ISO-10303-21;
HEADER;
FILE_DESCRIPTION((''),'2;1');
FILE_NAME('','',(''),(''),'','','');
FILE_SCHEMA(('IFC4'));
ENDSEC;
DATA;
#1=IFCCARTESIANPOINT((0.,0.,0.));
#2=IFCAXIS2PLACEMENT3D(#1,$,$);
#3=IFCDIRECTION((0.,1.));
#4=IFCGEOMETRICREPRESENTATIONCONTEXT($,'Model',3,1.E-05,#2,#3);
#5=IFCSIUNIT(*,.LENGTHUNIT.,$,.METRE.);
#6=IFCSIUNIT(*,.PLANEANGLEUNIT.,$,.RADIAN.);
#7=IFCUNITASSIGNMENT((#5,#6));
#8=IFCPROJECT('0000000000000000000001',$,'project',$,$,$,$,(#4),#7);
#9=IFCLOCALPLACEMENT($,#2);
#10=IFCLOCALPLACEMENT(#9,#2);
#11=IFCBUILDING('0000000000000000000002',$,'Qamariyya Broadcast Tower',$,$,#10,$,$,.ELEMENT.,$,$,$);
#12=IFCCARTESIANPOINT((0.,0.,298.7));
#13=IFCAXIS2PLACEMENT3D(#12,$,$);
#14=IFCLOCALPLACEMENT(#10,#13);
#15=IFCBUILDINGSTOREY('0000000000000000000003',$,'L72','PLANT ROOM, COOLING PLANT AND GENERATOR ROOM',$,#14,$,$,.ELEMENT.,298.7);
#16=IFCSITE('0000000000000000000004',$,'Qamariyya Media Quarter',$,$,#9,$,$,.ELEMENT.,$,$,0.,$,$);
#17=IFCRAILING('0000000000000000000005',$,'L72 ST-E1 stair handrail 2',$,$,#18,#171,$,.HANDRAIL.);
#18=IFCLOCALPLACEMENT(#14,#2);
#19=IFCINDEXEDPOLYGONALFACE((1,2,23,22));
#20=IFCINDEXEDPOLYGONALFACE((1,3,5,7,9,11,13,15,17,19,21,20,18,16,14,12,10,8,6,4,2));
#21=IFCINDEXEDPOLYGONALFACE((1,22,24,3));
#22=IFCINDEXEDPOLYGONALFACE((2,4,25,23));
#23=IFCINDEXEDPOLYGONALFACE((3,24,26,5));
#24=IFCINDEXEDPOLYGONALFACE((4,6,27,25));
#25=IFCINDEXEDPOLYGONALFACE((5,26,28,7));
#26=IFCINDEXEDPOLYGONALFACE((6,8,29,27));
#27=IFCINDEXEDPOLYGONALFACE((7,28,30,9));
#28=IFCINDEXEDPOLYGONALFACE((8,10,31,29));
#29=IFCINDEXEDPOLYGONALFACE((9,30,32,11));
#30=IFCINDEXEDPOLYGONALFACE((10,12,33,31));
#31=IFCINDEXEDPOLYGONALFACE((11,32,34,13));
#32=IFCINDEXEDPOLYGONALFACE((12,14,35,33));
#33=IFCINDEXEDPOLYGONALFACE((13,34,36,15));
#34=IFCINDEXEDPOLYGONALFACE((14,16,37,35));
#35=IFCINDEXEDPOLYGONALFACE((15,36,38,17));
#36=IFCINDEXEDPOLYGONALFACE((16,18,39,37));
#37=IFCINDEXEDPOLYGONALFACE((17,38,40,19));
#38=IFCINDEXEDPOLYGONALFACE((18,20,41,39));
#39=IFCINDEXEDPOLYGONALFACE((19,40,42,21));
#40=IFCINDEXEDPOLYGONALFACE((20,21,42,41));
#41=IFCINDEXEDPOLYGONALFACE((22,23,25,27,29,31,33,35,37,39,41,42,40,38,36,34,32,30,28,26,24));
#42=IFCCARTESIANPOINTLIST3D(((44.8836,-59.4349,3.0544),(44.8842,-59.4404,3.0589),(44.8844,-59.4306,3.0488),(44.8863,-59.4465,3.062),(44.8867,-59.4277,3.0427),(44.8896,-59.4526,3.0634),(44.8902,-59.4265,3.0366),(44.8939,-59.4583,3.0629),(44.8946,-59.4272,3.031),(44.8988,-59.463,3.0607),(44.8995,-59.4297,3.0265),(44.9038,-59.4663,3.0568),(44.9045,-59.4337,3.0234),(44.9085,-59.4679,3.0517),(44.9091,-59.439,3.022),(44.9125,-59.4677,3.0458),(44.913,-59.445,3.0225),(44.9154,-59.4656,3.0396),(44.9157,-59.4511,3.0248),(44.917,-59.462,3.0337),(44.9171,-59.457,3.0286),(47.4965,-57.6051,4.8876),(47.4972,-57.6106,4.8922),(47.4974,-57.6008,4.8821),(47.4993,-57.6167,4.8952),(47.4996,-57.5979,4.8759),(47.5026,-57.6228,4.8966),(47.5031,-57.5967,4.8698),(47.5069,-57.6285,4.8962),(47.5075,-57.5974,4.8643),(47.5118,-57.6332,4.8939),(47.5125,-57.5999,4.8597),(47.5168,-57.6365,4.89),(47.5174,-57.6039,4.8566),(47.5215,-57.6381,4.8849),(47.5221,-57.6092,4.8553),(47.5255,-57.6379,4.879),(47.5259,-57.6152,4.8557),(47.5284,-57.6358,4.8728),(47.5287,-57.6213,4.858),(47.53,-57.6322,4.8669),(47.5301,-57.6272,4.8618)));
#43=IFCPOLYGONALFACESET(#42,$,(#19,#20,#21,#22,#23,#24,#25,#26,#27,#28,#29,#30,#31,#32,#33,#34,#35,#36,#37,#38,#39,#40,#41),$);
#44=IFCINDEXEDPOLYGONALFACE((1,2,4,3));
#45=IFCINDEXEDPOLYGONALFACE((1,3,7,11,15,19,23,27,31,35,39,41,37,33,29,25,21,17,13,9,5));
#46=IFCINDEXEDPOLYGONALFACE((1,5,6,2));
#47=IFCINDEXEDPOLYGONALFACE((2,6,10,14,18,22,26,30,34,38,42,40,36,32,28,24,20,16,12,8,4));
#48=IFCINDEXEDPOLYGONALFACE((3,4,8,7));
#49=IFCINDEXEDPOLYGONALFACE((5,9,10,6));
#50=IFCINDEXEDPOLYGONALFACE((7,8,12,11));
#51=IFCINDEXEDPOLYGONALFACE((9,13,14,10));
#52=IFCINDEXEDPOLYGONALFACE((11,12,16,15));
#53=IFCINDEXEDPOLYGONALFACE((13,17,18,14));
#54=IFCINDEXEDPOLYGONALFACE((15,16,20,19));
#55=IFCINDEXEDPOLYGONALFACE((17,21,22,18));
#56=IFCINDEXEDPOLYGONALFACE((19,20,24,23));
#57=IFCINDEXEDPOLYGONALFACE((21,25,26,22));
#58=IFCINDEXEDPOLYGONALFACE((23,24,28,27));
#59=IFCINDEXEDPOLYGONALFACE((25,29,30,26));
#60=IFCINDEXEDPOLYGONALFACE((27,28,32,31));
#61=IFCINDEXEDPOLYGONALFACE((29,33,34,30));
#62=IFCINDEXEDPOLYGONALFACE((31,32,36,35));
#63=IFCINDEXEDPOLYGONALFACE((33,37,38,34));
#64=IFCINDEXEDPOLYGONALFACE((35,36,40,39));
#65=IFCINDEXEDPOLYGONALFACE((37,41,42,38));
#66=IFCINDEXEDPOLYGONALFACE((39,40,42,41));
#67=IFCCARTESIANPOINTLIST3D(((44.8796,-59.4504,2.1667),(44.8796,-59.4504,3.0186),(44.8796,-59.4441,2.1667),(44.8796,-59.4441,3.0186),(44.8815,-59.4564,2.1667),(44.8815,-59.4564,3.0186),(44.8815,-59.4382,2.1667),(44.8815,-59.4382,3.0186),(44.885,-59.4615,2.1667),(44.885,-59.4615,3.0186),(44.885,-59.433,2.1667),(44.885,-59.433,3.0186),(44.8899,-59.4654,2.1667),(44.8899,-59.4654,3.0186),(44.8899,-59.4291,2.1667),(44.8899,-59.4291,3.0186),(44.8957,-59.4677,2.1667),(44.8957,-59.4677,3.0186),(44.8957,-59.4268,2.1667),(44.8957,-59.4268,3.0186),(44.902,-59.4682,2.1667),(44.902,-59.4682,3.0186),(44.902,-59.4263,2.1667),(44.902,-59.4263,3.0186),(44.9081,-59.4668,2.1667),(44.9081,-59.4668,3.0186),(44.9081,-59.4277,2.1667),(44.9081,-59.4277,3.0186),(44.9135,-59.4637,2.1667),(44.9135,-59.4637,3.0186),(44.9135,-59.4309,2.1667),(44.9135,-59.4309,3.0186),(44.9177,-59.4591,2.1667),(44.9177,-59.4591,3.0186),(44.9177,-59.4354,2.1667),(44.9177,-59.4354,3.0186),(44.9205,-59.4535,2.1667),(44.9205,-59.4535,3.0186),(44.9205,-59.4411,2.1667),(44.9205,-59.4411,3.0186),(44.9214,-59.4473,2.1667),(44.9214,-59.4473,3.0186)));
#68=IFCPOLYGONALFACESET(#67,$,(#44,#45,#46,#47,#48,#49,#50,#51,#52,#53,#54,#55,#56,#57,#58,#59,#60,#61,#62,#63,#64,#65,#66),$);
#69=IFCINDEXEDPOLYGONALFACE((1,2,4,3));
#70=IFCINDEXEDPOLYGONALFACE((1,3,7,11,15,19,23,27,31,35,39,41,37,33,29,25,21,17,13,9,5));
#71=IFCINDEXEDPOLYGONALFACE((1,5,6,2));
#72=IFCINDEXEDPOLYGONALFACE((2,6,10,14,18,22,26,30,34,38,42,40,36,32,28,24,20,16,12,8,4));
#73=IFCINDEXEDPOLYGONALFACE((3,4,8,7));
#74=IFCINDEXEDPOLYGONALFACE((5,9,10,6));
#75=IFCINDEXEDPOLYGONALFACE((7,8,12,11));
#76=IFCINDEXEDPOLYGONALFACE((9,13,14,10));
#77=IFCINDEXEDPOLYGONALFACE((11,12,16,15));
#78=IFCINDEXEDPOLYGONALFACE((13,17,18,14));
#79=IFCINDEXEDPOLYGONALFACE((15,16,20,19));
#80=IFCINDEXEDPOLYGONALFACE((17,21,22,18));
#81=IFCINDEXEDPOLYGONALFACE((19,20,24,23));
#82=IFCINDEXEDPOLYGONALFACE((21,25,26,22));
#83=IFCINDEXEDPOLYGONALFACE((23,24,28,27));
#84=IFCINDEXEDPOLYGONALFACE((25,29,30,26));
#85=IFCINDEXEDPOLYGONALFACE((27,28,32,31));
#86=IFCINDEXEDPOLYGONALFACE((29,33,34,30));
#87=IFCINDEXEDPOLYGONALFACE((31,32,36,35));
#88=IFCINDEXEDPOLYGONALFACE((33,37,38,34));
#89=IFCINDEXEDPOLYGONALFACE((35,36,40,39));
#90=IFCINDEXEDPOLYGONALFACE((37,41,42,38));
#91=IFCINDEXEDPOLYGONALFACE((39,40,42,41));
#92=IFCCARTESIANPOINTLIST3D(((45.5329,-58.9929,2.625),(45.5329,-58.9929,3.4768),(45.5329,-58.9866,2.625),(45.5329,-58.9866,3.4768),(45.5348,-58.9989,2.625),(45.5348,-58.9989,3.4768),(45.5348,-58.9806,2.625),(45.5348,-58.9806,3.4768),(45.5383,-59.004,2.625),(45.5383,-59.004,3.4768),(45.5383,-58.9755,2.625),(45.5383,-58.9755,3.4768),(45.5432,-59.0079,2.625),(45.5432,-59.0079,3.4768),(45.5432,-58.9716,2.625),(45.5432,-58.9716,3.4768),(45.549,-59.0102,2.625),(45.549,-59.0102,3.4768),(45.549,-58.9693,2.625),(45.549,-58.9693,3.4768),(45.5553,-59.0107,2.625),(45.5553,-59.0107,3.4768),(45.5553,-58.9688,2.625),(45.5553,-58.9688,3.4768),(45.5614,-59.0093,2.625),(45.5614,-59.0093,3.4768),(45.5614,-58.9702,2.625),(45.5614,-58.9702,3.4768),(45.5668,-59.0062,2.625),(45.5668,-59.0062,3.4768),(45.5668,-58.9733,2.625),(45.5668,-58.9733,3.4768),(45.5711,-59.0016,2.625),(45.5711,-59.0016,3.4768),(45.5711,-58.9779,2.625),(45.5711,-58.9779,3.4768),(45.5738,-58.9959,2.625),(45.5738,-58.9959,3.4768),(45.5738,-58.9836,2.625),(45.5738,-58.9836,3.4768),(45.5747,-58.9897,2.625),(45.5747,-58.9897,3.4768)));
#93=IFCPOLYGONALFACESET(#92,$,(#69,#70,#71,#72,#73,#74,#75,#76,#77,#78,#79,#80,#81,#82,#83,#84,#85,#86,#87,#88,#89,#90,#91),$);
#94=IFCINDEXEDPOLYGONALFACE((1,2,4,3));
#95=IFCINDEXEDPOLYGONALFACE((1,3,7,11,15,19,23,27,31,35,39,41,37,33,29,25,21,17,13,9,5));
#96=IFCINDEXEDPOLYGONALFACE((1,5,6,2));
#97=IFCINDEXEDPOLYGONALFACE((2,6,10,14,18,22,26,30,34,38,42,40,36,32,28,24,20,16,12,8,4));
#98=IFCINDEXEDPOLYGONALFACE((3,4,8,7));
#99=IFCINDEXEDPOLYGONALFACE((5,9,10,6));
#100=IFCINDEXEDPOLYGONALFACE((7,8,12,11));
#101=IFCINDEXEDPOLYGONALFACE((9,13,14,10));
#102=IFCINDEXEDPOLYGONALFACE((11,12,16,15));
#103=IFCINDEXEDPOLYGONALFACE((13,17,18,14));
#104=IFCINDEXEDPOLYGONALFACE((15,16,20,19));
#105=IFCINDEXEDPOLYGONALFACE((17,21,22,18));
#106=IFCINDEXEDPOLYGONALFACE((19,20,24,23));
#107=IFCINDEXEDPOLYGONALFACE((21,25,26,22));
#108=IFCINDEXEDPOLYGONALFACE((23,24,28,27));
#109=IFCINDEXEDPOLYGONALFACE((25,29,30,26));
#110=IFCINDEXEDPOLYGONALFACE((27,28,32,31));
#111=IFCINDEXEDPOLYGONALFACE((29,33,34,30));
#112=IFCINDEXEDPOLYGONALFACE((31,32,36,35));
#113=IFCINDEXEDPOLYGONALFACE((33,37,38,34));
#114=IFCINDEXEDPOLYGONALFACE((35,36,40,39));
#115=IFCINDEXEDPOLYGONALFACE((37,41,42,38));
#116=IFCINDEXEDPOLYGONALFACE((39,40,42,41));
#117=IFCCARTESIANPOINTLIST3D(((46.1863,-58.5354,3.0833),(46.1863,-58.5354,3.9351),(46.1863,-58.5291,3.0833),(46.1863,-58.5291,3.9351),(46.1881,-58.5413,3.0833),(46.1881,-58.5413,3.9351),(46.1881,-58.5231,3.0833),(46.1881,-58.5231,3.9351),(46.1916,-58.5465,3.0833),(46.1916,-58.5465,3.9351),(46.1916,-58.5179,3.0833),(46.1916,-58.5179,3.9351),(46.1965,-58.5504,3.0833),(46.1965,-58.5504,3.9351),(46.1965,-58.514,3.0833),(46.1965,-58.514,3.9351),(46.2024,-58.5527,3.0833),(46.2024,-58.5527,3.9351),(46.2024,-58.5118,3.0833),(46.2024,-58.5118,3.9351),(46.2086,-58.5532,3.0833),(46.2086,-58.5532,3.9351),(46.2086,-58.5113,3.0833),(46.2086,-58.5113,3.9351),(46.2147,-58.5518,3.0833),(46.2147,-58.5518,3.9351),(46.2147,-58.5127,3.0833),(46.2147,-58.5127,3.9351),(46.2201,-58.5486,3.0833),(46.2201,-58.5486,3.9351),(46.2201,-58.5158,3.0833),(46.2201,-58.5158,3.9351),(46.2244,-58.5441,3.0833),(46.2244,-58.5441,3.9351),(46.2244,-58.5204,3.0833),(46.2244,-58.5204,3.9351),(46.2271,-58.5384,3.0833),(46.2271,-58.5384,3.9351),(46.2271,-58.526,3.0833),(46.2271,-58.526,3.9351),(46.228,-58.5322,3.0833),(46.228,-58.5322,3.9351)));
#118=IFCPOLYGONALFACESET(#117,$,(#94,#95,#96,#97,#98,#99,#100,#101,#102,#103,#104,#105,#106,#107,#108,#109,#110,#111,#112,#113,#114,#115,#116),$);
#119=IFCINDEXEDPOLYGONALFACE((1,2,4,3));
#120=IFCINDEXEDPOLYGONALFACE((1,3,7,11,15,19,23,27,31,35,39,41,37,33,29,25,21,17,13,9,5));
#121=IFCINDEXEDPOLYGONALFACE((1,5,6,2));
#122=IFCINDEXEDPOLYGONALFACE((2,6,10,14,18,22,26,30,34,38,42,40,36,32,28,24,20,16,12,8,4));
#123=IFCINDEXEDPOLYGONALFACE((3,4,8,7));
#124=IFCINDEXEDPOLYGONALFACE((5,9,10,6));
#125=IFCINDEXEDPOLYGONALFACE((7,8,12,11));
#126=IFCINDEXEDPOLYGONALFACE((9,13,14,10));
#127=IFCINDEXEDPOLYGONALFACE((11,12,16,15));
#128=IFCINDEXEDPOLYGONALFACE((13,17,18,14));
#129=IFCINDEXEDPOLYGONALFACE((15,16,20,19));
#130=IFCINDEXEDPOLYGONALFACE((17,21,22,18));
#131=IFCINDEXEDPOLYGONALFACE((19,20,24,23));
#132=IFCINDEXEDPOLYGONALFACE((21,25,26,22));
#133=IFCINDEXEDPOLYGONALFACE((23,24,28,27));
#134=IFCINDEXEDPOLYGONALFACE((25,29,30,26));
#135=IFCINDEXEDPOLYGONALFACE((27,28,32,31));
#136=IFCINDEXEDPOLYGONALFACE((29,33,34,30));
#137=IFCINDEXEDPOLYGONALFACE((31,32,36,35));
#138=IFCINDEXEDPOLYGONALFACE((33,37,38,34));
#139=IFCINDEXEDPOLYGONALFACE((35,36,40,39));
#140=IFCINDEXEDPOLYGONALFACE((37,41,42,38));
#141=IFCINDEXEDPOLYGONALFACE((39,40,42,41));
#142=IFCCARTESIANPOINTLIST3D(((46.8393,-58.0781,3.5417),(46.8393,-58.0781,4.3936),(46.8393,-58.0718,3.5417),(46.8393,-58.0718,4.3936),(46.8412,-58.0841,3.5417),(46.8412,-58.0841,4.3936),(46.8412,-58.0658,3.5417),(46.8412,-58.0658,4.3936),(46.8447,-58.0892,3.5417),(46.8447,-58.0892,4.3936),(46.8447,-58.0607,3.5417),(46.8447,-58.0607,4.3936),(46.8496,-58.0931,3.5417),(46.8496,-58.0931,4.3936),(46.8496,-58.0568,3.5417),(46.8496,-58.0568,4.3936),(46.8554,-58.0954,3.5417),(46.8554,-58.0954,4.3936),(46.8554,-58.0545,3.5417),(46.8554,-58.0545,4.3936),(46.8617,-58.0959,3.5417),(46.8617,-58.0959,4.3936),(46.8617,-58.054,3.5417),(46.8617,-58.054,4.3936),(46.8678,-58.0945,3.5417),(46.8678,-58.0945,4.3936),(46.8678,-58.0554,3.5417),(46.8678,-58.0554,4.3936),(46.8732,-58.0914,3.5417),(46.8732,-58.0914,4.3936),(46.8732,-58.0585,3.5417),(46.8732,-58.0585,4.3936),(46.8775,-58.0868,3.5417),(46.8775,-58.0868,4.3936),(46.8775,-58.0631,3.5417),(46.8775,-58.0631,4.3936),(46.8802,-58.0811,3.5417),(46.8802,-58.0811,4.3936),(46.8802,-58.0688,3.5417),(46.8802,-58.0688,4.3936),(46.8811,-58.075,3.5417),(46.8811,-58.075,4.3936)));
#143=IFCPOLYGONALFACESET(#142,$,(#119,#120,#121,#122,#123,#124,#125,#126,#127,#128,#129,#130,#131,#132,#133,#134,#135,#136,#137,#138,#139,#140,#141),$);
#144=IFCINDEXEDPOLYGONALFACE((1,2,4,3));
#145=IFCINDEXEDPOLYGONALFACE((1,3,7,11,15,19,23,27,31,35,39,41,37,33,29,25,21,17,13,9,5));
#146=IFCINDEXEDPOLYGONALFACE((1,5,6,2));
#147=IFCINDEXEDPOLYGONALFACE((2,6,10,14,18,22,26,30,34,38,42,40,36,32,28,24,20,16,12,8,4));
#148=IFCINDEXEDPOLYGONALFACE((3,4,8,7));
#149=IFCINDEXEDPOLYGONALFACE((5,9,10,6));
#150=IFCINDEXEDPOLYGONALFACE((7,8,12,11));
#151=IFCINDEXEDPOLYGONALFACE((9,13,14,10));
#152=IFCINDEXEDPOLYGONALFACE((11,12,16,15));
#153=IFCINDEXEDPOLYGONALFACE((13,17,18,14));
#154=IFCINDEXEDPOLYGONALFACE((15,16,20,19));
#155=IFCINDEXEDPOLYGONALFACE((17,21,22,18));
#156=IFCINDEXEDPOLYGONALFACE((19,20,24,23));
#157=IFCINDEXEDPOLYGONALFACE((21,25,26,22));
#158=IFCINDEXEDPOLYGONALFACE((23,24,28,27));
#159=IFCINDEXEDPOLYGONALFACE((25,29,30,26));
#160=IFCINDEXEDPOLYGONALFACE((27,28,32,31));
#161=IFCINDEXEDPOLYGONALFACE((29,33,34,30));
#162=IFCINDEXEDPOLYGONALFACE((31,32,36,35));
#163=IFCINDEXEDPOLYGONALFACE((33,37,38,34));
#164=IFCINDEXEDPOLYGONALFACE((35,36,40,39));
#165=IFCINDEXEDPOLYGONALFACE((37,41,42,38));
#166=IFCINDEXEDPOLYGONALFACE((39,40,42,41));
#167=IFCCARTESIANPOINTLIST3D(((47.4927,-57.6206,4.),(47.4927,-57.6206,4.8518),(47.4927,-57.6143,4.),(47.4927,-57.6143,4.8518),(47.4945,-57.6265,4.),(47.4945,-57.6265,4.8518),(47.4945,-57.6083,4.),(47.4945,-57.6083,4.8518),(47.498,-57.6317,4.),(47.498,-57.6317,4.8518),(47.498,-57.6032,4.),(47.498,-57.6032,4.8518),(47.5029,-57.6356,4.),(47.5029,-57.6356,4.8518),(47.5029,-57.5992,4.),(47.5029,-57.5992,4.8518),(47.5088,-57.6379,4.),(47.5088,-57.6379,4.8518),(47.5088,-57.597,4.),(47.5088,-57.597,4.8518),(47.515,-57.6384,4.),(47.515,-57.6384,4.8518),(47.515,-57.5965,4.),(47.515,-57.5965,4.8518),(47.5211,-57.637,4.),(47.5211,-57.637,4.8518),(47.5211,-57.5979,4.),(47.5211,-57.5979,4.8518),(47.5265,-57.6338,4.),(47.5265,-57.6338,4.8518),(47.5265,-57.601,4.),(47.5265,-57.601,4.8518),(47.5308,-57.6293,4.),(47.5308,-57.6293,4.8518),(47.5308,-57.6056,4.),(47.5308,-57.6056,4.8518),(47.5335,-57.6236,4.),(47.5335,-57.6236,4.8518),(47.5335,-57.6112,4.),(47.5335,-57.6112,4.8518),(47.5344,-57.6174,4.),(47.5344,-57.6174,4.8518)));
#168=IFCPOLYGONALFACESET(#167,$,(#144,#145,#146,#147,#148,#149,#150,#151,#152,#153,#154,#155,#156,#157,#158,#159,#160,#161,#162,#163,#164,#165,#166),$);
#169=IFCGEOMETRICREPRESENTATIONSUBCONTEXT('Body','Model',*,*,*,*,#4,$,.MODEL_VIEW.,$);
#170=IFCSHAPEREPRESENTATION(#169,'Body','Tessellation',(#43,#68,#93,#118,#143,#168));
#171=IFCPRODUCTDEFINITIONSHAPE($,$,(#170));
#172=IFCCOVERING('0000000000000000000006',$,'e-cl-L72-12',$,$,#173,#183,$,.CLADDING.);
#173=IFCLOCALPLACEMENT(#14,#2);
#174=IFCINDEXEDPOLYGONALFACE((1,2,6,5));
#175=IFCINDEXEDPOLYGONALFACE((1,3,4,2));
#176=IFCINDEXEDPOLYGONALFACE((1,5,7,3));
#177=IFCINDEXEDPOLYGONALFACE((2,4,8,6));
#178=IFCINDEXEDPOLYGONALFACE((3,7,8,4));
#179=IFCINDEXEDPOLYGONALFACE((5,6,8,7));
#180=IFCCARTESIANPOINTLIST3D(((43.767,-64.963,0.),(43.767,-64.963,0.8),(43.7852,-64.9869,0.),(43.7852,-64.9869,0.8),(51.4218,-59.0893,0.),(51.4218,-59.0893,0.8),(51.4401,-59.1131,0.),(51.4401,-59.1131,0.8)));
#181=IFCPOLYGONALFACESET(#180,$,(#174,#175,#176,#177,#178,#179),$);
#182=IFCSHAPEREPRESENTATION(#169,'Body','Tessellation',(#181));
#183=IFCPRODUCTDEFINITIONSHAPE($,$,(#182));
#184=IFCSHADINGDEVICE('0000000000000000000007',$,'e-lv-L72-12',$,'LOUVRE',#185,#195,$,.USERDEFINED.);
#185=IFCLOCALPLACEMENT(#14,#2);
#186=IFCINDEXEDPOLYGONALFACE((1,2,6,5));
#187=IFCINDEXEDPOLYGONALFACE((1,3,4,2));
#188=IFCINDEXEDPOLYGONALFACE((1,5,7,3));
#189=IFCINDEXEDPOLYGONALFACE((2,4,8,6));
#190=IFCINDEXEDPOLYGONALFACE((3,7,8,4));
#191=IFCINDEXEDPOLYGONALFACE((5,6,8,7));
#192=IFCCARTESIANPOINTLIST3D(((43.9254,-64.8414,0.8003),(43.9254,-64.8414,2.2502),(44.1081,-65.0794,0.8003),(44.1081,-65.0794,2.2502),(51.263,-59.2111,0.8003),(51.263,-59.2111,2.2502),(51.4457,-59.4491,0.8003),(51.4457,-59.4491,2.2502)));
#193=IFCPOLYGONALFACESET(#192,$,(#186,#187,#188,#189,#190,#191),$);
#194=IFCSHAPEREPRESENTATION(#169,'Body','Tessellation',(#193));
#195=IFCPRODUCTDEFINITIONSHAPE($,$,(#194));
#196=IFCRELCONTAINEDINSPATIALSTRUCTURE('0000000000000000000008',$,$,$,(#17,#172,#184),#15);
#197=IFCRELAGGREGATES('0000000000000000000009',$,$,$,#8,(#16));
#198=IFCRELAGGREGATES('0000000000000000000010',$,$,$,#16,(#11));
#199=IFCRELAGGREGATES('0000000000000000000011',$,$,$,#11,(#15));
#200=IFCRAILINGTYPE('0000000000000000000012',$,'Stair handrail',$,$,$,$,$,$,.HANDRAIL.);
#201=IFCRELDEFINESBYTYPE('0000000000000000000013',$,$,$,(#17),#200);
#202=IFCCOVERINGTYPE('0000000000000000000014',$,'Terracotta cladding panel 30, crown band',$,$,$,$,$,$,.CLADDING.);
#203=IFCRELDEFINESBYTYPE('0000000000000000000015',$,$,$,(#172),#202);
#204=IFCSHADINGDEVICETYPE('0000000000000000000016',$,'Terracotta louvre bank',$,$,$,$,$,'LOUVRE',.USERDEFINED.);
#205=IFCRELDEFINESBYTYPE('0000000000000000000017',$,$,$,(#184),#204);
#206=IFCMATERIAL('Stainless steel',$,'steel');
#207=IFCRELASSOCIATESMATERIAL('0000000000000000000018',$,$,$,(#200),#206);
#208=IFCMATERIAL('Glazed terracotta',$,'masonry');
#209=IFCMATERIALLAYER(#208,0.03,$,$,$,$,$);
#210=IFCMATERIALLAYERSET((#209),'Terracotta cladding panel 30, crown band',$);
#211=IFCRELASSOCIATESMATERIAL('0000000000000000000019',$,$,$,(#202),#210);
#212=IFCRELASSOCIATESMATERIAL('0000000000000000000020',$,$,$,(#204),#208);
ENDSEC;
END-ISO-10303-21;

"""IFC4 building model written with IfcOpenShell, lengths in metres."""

from ifc_helpers import new_model, si_unit, direction, frame, origin, origin_2d, place, context, subcontext, project, spatial, rectangle, circle, extrude, material, layer, layer_set, type_object, element, save


model = new_model("IFC4")

# Units and contexts
model_context = context("Model", 3, precision=1e-05, world=origin(), true_north=direction((0.0, 1.0)))
body_context = subcontext(model_context, "Body", "Model", "MODEL_VIEW")
ifc_project = project(units=[si_unit("LENGTHUNIT", "METRE"), si_unit("PLANEANGLEUNIT", "RADIAN")], contexts=[model_context])

# Site, building, storey
site_placement = place(None, origin())
site = spatial("IfcSite", under=ifc_project, at=site_placement, Name="Qamariyya Media Quarter", CompositionType="ELEMENT", RefElevation=0.0)
building_placement = place(site_placement, origin())
building = spatial("IfcBuilding", under=site, at=building_placement, Name="Qamariyya Broadcast Tower", CompositionType="ELEMENT")
storey_placement = place(building_placement, frame((0.0, 0.0, 298.7)))
storey = spatial("IfcBuildingStorey", under=building, at=storey_placement, Name="L72", Description="PLANT ROOM, COOLING PLANT AND GENERATOR ROOM", CompositionType="ELEMENT", Elevation=298.7)

# Railing
ifc_material_1 = material(Name="Stainless steel", Category="steel")
railing_type_1 = type_object("IfcRailingType", Name="Stair handrail", PredefinedType="HANDRAIL", material=ifc_material_1)
railing_1_placement = place(storey_placement, frame((44.9004, -59.4473, 2.1667)))
element("IfcRailing", 1, at=railing_1_placement, inside=storey, type_object=railing_type_1, Name="L72 ST-E1 stair handrail 2", PredefinedType="HANDRAIL", context=body_context, shape_type="SweptSolid", body=[
    extrude(circle(Radius=0.0239, at=origin_2d()), frame((0.0, 0.0, 0.876), z_axis=(0.710204, 0.497335, 0.498264), x_axis=(-0.573611, 0.819128, 0.0)), (0.0, 0.0, 1.0), 3.6792),
    extrude(circle(Radius=0.021, at=origin_2d()), origin(), (0.0, 0.0, 1.0), 0.8518),
    extrude(circle(Radius=0.021, at=origin_2d()), frame((0.6533, 0.4575, 0.4583)), (0.0, 0.0, 1.0), 0.8518),
    extrude(circle(Radius=0.021, at=origin_2d()), frame((1.3066, 0.915, 0.9165)), (0.0, 0.0, 1.0), 0.8518),
    extrude(circle(Radius=0.021, at=origin_2d()), frame((1.9597, 1.3723, 1.375)), (0.0, 0.0, 1.0), 0.8518),
    extrude(circle(Radius=0.021, at=origin_2d()), frame((2.613, 1.8298, 1.8333)), (0.0, 0.0, 1.0), 0.8518),
])

# Covering
ifc_material_2 = material(Name="Glazed terracotta", Category="masonry")
ifc_layer_1 = layer(ifc_material_2, 0.03)
ifc_layer_set_1 = layer_set([ifc_layer_1], Name="Terracotta cladding panel 30, crown band")
covering_type = type_object("IfcCoveringType", Name="Terracotta cladding panel 30, crown band", PredefinedType="CLADDING", material=ifc_layer_set_1)
covering_placement = place(storey_placement, frame((47.6035, -62.0381, 0.0), z_axis=(0.0, 0.0, 1.0), x_axis=(0.793353, 0.608761, 0.0)))
element("IfcCovering", 2, at=covering_placement, inside=storey, type_object=covering_type, Name="e-cl-L72-12", PredefinedType="CLADDING", context=body_context, shape_type="SweptSolid", body=[
    extrude(rectangle(XDim=9.6487, YDim=0.03, at=origin_2d()), origin(), (0.0, 0.0, 1.0), 0.8),
])

# Shading device
shading_device_type = type_object("IfcShadingDeviceType", Name="Terracotta louvre bank", ElementType="LOUVRE", PredefinedType="USERDEFINED", material=ifc_material_2)
shading_device_placement = place(storey_placement, frame((47.6855, -62.1453, 0.8003), z_axis=(0.0, 0.0, 1.0), x_axis=(0.793353, 0.608761, 0.0)))
element("IfcShadingDevice", 3, at=shading_device_placement, inside=storey, type_object=shading_device_type, Name="e-lv-L72-12", ObjectType="LOUVRE", PredefinedType="USERDEFINED", context=body_context, shape_type="SweptSolid", body=[
    extrude(rectangle(XDim=9.2488, YDim=0.3, at=origin_2d()), origin(), (0.0, 0.0, 1.0), 1.45),
])

save(model, "model.ifc")
